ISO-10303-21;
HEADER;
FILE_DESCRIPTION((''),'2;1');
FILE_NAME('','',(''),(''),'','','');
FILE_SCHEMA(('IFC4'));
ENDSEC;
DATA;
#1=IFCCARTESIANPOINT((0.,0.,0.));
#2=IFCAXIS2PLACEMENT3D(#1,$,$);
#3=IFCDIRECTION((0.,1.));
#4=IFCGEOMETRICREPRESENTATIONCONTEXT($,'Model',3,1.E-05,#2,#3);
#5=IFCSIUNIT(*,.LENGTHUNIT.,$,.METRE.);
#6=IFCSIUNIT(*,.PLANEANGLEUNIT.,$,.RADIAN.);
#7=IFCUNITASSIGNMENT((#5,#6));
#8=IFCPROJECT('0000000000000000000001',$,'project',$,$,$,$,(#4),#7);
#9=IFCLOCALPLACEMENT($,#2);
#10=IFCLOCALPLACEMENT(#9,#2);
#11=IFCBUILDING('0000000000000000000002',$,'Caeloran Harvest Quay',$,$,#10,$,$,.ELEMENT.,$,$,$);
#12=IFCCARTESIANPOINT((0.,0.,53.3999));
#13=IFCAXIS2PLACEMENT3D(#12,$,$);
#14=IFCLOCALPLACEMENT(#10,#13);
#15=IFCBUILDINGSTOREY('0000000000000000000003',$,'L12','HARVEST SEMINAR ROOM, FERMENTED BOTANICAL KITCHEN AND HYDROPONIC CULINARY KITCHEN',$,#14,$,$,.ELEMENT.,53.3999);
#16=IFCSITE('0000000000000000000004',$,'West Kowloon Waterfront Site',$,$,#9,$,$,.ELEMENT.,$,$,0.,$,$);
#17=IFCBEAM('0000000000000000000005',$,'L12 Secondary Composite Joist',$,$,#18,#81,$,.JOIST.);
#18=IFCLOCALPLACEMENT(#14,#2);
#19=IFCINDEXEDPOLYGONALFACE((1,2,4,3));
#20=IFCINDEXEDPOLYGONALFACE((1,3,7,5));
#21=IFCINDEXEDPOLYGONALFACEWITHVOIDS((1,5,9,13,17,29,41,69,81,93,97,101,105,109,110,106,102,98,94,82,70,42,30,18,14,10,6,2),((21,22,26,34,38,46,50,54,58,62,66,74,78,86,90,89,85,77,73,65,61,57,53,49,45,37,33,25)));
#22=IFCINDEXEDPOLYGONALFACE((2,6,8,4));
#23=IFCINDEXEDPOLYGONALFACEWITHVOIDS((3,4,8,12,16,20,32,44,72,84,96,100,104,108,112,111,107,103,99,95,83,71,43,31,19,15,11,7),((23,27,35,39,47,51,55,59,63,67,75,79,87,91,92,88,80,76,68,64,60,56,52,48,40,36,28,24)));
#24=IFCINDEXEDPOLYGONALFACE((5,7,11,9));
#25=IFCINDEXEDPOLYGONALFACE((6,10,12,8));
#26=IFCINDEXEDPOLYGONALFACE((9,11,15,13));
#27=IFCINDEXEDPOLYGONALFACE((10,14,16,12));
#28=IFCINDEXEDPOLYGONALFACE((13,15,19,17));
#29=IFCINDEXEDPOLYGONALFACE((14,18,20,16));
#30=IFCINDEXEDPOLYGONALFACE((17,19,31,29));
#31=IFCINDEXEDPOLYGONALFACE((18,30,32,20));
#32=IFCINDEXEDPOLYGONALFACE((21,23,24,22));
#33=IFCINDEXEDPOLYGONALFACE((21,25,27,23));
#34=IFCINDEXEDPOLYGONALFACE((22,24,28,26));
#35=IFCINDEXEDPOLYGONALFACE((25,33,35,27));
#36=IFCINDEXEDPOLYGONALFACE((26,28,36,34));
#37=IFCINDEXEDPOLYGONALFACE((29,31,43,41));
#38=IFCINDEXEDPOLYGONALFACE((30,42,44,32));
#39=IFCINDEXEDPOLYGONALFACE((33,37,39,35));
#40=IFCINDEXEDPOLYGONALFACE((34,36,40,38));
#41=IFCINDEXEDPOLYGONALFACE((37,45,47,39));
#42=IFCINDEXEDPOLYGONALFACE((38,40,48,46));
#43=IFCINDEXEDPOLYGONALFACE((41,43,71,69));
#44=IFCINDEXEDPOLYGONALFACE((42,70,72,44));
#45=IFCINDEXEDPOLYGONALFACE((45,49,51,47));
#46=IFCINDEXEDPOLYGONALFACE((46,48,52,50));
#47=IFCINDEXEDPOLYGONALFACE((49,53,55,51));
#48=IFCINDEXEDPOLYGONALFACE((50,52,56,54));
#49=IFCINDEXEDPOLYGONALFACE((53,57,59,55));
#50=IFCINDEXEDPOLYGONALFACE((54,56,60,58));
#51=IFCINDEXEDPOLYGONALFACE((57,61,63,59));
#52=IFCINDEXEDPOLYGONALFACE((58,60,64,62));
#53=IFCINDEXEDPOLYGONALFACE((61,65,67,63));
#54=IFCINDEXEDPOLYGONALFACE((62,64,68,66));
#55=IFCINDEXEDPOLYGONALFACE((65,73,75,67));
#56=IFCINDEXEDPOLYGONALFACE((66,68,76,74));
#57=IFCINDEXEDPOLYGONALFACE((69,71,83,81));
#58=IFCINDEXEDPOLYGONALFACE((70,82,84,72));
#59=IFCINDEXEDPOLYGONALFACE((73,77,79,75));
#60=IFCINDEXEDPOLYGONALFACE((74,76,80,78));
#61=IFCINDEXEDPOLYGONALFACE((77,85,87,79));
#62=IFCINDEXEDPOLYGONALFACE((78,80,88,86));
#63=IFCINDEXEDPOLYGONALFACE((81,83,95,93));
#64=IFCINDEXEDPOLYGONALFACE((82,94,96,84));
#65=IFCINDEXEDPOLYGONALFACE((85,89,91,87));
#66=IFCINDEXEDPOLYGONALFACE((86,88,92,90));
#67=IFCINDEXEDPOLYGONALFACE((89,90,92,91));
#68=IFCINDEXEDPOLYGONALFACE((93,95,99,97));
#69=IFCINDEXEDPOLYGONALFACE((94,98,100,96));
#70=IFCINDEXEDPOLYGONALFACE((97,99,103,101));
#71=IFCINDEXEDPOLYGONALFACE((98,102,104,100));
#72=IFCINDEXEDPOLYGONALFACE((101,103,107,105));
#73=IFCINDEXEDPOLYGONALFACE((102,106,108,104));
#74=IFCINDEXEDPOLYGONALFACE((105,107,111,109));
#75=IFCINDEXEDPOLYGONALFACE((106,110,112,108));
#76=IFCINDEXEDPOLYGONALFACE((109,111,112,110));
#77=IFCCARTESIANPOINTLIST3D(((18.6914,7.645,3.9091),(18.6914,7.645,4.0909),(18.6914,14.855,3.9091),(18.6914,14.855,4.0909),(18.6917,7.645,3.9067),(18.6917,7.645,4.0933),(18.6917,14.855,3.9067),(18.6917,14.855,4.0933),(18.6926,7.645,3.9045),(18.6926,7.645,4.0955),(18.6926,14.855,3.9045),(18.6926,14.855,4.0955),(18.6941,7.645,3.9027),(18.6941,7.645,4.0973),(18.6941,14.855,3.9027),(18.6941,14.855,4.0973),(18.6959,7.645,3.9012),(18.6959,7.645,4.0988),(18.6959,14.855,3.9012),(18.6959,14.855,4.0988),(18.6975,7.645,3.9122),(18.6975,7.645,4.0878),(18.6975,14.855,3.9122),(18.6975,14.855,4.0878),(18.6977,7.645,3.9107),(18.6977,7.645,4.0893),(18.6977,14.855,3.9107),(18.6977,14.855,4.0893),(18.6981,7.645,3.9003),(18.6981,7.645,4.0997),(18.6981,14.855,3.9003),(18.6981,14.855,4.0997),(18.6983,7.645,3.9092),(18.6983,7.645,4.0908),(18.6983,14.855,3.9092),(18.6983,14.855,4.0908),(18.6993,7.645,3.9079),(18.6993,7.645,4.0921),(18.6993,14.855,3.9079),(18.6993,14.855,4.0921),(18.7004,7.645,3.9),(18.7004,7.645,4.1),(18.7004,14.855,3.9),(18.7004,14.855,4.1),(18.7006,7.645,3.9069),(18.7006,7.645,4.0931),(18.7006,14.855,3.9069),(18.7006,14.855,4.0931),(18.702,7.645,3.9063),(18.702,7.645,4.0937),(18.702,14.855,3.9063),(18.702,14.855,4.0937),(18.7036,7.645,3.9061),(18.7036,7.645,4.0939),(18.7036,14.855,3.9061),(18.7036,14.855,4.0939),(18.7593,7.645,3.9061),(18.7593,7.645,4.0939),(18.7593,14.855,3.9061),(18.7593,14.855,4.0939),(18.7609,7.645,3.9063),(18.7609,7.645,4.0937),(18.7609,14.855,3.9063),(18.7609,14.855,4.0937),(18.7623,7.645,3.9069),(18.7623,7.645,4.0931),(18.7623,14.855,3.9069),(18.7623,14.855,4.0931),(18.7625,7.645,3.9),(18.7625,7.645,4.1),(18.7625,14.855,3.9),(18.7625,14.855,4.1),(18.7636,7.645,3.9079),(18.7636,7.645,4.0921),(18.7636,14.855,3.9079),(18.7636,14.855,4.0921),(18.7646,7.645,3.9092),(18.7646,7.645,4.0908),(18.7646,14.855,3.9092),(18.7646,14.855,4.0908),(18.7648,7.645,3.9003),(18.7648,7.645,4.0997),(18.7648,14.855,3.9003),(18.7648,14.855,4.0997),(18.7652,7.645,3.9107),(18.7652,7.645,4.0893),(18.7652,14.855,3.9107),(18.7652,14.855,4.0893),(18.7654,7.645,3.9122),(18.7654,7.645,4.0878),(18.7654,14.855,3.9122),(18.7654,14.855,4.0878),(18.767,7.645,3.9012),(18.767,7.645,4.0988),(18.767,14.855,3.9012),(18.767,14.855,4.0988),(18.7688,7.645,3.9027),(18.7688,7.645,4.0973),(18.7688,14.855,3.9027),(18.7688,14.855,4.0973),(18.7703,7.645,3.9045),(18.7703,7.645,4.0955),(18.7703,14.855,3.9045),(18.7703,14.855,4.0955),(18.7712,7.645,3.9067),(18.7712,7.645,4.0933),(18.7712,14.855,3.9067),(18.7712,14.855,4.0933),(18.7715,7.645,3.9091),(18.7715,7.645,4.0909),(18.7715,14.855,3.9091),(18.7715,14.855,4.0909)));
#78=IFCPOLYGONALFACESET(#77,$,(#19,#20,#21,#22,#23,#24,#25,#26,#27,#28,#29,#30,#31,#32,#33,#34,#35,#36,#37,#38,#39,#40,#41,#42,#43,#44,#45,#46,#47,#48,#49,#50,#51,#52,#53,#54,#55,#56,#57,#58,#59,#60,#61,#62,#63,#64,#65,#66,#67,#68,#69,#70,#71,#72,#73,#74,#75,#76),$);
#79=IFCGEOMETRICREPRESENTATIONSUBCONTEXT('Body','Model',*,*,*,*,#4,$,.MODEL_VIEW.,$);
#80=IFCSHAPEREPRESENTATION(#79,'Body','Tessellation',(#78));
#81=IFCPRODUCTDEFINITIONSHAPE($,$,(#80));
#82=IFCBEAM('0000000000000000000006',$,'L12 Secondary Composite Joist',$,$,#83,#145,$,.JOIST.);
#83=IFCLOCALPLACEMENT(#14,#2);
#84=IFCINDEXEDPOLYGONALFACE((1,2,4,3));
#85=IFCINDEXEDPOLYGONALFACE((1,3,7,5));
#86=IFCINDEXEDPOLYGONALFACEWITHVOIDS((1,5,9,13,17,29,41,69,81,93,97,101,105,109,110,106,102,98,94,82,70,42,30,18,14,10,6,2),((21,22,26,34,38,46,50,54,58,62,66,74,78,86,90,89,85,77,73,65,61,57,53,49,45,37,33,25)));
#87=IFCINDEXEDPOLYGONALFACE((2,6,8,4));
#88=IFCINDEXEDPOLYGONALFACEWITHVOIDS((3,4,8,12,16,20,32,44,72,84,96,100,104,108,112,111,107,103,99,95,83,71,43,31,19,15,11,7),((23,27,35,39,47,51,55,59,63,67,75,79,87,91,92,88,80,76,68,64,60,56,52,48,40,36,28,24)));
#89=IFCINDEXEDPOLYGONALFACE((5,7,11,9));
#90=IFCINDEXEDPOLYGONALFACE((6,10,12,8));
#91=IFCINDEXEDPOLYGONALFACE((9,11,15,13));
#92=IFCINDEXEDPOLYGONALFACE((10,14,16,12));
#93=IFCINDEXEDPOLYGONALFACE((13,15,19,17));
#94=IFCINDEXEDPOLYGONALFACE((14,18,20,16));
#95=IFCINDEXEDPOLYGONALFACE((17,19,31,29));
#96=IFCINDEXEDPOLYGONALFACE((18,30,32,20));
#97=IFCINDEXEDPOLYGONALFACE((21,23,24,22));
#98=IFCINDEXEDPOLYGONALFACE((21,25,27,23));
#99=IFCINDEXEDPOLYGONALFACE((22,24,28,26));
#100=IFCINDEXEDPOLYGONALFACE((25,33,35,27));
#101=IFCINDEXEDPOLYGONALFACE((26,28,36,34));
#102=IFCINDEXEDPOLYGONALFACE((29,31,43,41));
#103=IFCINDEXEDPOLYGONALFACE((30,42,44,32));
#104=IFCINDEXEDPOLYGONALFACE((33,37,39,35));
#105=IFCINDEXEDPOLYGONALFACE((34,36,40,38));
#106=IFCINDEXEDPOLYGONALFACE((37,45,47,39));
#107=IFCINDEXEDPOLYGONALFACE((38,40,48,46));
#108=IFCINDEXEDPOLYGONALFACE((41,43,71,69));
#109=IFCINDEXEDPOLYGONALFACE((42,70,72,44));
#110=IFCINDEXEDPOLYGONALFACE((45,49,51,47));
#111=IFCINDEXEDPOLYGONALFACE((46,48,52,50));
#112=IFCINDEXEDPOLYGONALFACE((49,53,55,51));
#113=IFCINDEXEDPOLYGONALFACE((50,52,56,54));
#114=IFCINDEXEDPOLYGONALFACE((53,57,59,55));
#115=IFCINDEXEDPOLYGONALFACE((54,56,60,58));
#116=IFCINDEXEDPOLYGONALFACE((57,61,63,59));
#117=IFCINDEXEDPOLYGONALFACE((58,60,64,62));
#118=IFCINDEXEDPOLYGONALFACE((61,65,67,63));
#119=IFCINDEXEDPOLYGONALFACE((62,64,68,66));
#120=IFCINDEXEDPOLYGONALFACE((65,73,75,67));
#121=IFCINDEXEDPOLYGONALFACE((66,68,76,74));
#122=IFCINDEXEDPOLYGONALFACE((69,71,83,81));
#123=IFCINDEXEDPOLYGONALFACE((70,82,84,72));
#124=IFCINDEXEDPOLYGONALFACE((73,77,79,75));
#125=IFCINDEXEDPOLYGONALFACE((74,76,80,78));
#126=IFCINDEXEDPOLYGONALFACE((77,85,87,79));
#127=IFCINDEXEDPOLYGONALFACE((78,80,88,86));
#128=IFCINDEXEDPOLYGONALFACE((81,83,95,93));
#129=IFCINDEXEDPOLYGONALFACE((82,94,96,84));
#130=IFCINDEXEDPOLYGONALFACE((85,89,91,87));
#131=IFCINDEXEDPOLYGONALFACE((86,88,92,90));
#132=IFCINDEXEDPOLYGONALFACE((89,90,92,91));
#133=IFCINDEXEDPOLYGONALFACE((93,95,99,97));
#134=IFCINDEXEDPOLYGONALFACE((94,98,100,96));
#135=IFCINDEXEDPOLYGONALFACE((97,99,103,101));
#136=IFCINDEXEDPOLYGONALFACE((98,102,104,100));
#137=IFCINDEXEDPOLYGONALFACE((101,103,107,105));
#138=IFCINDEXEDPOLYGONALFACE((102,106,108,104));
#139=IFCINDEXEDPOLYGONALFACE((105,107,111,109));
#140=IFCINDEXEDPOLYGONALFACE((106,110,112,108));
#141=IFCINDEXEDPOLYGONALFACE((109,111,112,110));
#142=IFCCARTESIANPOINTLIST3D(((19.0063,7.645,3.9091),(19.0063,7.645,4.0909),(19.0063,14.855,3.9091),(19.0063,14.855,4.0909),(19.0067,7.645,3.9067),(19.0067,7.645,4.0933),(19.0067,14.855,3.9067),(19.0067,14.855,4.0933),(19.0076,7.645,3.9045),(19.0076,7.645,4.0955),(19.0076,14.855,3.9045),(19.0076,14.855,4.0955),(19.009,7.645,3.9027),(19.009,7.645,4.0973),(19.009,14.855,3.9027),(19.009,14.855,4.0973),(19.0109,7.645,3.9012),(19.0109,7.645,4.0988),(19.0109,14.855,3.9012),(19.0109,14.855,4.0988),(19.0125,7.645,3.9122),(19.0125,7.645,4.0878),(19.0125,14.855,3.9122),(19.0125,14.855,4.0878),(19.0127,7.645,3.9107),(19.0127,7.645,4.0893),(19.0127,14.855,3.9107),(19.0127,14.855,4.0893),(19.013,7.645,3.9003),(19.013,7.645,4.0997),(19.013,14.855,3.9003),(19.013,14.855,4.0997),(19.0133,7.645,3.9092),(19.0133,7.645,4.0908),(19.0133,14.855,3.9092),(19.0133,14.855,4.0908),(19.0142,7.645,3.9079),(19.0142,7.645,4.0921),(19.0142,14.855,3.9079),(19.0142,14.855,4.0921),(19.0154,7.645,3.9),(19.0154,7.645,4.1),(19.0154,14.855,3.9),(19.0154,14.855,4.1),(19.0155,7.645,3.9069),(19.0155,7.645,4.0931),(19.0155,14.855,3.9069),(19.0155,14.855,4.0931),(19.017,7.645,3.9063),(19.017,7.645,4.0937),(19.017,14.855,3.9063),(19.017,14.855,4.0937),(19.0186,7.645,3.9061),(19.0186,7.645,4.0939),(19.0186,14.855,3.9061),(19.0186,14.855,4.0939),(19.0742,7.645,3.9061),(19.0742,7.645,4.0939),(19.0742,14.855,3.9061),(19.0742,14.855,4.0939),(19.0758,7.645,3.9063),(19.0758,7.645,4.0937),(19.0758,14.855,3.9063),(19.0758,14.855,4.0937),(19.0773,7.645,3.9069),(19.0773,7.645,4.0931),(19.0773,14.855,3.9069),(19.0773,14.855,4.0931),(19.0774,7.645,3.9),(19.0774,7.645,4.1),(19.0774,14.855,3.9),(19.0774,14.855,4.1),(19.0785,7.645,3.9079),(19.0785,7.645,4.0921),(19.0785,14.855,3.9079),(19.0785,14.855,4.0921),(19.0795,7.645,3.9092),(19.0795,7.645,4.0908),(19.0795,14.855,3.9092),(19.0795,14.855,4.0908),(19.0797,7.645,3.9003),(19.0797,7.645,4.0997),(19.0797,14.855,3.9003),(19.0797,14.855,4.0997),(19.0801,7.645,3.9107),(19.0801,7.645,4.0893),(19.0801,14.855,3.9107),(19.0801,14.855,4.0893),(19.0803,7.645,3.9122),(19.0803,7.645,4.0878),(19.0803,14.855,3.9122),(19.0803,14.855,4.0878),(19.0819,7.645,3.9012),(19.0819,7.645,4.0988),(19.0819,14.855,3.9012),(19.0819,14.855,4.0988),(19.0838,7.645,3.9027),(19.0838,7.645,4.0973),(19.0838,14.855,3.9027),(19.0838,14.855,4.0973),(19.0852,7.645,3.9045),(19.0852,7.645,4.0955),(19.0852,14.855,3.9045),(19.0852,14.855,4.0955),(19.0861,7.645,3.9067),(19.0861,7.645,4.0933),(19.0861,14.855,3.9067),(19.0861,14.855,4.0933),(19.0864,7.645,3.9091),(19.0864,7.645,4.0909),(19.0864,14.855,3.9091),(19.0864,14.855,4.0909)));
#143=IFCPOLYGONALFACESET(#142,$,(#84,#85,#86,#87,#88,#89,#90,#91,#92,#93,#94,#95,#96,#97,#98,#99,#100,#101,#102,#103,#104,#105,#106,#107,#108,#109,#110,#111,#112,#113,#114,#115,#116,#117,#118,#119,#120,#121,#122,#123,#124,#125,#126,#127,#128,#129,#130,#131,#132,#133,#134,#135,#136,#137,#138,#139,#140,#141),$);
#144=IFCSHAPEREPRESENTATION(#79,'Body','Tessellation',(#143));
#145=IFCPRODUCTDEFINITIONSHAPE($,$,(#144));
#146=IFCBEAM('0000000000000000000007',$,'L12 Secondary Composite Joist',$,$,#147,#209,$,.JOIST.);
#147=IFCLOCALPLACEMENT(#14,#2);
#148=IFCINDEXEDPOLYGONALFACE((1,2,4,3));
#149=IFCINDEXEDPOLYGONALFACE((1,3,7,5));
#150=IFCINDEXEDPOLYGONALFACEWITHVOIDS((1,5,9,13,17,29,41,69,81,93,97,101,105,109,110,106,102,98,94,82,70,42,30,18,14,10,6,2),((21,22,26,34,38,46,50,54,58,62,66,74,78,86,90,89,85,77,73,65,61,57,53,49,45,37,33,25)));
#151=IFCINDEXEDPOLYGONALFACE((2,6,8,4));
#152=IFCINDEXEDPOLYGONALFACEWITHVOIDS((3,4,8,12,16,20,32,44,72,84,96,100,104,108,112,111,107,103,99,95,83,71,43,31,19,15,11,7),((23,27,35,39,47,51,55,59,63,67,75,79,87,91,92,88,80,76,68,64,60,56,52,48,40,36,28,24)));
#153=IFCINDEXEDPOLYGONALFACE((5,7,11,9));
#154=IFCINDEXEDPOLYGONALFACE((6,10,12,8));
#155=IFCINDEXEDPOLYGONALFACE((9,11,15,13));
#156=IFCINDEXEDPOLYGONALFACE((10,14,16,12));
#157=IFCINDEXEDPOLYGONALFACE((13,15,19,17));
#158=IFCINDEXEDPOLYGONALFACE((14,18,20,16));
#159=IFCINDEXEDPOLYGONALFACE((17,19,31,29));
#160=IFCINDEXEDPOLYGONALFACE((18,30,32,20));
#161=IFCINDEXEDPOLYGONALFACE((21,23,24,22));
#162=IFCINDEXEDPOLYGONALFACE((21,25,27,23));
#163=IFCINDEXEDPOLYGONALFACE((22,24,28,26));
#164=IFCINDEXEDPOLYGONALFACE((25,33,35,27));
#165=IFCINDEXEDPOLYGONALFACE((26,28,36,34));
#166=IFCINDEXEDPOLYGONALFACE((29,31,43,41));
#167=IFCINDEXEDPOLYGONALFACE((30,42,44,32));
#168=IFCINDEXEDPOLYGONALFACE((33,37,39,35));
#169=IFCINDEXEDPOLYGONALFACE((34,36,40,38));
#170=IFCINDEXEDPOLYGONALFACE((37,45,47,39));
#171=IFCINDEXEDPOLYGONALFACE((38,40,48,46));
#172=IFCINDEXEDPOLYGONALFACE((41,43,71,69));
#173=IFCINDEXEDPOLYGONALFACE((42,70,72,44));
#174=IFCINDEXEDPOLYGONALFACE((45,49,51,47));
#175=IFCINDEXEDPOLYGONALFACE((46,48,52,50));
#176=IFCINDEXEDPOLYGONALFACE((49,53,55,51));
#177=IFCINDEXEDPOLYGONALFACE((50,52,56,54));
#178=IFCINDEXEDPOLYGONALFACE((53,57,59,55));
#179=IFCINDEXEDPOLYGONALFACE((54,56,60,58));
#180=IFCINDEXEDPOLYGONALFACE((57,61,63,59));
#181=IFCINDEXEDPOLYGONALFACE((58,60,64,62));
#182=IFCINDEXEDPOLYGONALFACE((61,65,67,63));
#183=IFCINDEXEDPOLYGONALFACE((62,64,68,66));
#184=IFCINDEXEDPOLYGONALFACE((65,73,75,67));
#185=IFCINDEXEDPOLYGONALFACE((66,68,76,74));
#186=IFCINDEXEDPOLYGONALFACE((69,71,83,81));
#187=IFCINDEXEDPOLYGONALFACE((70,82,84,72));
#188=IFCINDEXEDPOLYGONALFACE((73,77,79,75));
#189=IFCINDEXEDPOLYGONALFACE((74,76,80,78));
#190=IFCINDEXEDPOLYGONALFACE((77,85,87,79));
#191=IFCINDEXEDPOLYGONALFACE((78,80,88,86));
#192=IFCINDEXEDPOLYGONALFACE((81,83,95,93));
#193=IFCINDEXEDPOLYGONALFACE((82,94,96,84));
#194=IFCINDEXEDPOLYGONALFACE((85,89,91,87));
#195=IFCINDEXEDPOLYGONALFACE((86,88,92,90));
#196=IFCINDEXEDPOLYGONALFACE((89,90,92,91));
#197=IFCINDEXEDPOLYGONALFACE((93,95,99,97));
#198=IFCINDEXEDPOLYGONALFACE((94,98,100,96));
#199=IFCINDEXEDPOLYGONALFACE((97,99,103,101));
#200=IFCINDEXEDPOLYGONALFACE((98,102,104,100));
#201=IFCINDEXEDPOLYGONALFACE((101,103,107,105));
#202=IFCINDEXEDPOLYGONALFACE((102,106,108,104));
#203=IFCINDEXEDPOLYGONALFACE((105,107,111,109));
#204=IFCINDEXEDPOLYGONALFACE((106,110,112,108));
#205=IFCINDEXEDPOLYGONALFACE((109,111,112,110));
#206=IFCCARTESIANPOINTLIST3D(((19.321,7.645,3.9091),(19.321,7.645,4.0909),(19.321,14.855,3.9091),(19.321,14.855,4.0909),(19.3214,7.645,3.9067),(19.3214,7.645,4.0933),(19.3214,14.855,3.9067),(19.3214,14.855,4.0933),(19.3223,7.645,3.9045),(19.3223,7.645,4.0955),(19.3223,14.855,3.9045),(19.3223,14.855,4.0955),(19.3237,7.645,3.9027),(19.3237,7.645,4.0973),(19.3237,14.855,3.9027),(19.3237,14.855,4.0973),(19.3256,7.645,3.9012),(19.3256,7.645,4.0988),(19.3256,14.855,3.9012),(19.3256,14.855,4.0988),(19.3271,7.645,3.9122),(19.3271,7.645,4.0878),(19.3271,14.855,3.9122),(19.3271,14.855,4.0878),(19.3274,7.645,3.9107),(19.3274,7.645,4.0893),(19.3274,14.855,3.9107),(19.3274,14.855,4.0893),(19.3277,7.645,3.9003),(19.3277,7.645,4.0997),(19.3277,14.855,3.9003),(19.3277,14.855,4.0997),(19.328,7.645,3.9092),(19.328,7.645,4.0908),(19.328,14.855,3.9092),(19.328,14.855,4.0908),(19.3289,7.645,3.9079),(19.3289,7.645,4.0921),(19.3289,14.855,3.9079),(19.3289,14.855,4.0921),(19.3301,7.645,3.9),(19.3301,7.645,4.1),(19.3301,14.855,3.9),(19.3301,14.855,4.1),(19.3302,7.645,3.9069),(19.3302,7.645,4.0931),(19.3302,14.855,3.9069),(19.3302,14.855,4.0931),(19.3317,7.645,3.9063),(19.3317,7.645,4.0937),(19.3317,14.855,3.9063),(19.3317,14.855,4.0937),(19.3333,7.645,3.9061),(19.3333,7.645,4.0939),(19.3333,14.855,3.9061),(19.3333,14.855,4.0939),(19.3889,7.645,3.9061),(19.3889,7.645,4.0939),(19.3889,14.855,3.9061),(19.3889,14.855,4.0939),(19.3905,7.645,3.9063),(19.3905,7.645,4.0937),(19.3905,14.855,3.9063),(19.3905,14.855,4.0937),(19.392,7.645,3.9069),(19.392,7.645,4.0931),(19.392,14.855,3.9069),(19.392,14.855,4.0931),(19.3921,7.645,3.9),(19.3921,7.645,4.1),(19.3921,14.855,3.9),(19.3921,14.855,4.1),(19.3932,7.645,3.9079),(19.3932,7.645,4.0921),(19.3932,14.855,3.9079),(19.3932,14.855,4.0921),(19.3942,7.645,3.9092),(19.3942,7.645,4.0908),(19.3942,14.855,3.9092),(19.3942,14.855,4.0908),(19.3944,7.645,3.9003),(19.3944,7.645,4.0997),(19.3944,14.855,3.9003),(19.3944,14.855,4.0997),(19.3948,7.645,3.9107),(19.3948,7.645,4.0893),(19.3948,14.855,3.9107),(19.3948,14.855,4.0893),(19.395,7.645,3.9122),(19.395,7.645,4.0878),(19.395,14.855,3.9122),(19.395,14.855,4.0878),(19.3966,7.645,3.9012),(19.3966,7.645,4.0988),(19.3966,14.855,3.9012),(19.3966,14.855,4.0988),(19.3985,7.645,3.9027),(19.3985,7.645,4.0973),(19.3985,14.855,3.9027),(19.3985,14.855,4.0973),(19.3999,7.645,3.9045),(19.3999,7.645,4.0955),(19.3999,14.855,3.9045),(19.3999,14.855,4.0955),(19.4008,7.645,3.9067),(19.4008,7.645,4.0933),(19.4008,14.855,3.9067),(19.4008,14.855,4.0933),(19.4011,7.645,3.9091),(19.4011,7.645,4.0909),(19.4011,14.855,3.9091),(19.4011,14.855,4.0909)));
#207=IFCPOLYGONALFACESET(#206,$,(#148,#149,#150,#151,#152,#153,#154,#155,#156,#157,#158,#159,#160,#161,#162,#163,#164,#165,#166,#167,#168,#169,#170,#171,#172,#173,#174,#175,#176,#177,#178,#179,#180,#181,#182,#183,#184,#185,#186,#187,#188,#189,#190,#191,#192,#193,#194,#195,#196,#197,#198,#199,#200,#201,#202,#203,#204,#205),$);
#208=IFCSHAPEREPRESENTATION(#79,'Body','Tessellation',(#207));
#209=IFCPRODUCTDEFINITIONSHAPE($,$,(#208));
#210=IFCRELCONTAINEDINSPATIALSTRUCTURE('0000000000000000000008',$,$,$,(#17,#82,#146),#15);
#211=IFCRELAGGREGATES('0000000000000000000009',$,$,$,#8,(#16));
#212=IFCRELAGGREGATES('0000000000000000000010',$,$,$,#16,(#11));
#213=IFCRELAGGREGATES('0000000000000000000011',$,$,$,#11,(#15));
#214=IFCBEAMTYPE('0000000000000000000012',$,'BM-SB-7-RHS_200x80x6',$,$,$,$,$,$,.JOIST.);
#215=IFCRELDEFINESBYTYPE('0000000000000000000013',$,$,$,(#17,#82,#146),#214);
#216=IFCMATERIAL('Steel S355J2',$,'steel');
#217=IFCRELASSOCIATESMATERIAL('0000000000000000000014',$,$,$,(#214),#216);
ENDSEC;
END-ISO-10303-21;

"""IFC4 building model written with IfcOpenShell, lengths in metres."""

from ifc_helpers import new_model, si_unit, direction, frame, origin, origin_2d, place, context, subcontext, project, spatial, hollow_rectangle, extrude, material, material_profile, profile_set, type_object, element, save


model = new_model("IFC4")

# Units and contexts
model_context = context("Model", 3, precision=1e-05, world=origin(), true_north=direction((0.0, 1.0)))
body_context = subcontext(model_context, "Body", "Model", "MODEL_VIEW")
ifc_project = project(units=[si_unit("LENGTHUNIT", "METRE"), si_unit("PLANEANGLEUNIT", "RADIAN")], contexts=[model_context])

# Site, building, storey
site_placement = place(None, origin())
site = spatial("IfcSite", under=ifc_project, at=site_placement, Name="West Kowloon Waterfront Site", CompositionType="ELEMENT", RefElevation=0.0)
building_placement = place(site_placement, origin())
building = spatial("IfcBuilding", under=site, at=building_placement, Name="Caeloran Harvest Quay", CompositionType="ELEMENT")
storey_placement = place(building_placement, frame((0.0, 0.0, 53.3999)))
storey = spatial("IfcBuildingStorey", under=building, at=storey_placement, Name="L12", Description="HARVEST SEMINAR ROOM, FERMENTED BOTANICAL KITCHEN AND HYDROPONIC CULINARY KITCHEN", CompositionType="ELEMENT", Elevation=53.3999)

# Beams
ifc_material = material(Name="Steel S355J2", Category="steel")
ifc_material_profile_1 = material_profile(ifc_material, hollow_rectangle(XDim=0.0801, YDim=0.2, WallThickness=0.0061, InnerFilletRadius=0.0061, OuterFilletRadius=0.009, at=origin_2d()), Name="RHS 200x80x6")
ifc_profile_set_1 = profile_set([ifc_material_profile_1], Name="Steel S355J2")
beam_type_1 = type_object("IfcBeamType", Name="BM-SB-7-RHS_200x80x6", PredefinedType="JOIST", material=ifc_profile_set_1)
for number, where, z_axis, x_axis, name in (
    (1, (18.7314, 7.645, 4.0), (0.0, 1.0, 0.0), (-1.0, 0.0, 0.0), "L12 Secondary Composite Joist"),
    (2, (19.0464, 7.645, 4.0), (0.0, 1.0, 0.0), (-1.0, 0.0, 0.0), "L12 Secondary Composite Joist"),
    (3, (19.3611, 7.645, 4.0), (0.0, 1.0, 0.0), (-1.0, 0.0, 0.0), "L12 Secondary Composite Joist"),
):
    element("IfcBeam", number, at=place(storey_placement, frame(where, z_axis=z_axis, x_axis=x_axis)), inside=storey, type_object=beam_type_1, Name=name, PredefinedType="JOIST", context=body_context, shape_type="SweptSolid", body=[
        extrude(hollow_rectangle(XDim=0.0801, YDim=0.2, WallThickness=0.0061, InnerFilletRadius=0.0061, OuterFilletRadius=0.009, at=origin_2d()), origin(), (0.0, 0.0, 1.0), 7.21),
    ])

save(model, "model.ifc")
